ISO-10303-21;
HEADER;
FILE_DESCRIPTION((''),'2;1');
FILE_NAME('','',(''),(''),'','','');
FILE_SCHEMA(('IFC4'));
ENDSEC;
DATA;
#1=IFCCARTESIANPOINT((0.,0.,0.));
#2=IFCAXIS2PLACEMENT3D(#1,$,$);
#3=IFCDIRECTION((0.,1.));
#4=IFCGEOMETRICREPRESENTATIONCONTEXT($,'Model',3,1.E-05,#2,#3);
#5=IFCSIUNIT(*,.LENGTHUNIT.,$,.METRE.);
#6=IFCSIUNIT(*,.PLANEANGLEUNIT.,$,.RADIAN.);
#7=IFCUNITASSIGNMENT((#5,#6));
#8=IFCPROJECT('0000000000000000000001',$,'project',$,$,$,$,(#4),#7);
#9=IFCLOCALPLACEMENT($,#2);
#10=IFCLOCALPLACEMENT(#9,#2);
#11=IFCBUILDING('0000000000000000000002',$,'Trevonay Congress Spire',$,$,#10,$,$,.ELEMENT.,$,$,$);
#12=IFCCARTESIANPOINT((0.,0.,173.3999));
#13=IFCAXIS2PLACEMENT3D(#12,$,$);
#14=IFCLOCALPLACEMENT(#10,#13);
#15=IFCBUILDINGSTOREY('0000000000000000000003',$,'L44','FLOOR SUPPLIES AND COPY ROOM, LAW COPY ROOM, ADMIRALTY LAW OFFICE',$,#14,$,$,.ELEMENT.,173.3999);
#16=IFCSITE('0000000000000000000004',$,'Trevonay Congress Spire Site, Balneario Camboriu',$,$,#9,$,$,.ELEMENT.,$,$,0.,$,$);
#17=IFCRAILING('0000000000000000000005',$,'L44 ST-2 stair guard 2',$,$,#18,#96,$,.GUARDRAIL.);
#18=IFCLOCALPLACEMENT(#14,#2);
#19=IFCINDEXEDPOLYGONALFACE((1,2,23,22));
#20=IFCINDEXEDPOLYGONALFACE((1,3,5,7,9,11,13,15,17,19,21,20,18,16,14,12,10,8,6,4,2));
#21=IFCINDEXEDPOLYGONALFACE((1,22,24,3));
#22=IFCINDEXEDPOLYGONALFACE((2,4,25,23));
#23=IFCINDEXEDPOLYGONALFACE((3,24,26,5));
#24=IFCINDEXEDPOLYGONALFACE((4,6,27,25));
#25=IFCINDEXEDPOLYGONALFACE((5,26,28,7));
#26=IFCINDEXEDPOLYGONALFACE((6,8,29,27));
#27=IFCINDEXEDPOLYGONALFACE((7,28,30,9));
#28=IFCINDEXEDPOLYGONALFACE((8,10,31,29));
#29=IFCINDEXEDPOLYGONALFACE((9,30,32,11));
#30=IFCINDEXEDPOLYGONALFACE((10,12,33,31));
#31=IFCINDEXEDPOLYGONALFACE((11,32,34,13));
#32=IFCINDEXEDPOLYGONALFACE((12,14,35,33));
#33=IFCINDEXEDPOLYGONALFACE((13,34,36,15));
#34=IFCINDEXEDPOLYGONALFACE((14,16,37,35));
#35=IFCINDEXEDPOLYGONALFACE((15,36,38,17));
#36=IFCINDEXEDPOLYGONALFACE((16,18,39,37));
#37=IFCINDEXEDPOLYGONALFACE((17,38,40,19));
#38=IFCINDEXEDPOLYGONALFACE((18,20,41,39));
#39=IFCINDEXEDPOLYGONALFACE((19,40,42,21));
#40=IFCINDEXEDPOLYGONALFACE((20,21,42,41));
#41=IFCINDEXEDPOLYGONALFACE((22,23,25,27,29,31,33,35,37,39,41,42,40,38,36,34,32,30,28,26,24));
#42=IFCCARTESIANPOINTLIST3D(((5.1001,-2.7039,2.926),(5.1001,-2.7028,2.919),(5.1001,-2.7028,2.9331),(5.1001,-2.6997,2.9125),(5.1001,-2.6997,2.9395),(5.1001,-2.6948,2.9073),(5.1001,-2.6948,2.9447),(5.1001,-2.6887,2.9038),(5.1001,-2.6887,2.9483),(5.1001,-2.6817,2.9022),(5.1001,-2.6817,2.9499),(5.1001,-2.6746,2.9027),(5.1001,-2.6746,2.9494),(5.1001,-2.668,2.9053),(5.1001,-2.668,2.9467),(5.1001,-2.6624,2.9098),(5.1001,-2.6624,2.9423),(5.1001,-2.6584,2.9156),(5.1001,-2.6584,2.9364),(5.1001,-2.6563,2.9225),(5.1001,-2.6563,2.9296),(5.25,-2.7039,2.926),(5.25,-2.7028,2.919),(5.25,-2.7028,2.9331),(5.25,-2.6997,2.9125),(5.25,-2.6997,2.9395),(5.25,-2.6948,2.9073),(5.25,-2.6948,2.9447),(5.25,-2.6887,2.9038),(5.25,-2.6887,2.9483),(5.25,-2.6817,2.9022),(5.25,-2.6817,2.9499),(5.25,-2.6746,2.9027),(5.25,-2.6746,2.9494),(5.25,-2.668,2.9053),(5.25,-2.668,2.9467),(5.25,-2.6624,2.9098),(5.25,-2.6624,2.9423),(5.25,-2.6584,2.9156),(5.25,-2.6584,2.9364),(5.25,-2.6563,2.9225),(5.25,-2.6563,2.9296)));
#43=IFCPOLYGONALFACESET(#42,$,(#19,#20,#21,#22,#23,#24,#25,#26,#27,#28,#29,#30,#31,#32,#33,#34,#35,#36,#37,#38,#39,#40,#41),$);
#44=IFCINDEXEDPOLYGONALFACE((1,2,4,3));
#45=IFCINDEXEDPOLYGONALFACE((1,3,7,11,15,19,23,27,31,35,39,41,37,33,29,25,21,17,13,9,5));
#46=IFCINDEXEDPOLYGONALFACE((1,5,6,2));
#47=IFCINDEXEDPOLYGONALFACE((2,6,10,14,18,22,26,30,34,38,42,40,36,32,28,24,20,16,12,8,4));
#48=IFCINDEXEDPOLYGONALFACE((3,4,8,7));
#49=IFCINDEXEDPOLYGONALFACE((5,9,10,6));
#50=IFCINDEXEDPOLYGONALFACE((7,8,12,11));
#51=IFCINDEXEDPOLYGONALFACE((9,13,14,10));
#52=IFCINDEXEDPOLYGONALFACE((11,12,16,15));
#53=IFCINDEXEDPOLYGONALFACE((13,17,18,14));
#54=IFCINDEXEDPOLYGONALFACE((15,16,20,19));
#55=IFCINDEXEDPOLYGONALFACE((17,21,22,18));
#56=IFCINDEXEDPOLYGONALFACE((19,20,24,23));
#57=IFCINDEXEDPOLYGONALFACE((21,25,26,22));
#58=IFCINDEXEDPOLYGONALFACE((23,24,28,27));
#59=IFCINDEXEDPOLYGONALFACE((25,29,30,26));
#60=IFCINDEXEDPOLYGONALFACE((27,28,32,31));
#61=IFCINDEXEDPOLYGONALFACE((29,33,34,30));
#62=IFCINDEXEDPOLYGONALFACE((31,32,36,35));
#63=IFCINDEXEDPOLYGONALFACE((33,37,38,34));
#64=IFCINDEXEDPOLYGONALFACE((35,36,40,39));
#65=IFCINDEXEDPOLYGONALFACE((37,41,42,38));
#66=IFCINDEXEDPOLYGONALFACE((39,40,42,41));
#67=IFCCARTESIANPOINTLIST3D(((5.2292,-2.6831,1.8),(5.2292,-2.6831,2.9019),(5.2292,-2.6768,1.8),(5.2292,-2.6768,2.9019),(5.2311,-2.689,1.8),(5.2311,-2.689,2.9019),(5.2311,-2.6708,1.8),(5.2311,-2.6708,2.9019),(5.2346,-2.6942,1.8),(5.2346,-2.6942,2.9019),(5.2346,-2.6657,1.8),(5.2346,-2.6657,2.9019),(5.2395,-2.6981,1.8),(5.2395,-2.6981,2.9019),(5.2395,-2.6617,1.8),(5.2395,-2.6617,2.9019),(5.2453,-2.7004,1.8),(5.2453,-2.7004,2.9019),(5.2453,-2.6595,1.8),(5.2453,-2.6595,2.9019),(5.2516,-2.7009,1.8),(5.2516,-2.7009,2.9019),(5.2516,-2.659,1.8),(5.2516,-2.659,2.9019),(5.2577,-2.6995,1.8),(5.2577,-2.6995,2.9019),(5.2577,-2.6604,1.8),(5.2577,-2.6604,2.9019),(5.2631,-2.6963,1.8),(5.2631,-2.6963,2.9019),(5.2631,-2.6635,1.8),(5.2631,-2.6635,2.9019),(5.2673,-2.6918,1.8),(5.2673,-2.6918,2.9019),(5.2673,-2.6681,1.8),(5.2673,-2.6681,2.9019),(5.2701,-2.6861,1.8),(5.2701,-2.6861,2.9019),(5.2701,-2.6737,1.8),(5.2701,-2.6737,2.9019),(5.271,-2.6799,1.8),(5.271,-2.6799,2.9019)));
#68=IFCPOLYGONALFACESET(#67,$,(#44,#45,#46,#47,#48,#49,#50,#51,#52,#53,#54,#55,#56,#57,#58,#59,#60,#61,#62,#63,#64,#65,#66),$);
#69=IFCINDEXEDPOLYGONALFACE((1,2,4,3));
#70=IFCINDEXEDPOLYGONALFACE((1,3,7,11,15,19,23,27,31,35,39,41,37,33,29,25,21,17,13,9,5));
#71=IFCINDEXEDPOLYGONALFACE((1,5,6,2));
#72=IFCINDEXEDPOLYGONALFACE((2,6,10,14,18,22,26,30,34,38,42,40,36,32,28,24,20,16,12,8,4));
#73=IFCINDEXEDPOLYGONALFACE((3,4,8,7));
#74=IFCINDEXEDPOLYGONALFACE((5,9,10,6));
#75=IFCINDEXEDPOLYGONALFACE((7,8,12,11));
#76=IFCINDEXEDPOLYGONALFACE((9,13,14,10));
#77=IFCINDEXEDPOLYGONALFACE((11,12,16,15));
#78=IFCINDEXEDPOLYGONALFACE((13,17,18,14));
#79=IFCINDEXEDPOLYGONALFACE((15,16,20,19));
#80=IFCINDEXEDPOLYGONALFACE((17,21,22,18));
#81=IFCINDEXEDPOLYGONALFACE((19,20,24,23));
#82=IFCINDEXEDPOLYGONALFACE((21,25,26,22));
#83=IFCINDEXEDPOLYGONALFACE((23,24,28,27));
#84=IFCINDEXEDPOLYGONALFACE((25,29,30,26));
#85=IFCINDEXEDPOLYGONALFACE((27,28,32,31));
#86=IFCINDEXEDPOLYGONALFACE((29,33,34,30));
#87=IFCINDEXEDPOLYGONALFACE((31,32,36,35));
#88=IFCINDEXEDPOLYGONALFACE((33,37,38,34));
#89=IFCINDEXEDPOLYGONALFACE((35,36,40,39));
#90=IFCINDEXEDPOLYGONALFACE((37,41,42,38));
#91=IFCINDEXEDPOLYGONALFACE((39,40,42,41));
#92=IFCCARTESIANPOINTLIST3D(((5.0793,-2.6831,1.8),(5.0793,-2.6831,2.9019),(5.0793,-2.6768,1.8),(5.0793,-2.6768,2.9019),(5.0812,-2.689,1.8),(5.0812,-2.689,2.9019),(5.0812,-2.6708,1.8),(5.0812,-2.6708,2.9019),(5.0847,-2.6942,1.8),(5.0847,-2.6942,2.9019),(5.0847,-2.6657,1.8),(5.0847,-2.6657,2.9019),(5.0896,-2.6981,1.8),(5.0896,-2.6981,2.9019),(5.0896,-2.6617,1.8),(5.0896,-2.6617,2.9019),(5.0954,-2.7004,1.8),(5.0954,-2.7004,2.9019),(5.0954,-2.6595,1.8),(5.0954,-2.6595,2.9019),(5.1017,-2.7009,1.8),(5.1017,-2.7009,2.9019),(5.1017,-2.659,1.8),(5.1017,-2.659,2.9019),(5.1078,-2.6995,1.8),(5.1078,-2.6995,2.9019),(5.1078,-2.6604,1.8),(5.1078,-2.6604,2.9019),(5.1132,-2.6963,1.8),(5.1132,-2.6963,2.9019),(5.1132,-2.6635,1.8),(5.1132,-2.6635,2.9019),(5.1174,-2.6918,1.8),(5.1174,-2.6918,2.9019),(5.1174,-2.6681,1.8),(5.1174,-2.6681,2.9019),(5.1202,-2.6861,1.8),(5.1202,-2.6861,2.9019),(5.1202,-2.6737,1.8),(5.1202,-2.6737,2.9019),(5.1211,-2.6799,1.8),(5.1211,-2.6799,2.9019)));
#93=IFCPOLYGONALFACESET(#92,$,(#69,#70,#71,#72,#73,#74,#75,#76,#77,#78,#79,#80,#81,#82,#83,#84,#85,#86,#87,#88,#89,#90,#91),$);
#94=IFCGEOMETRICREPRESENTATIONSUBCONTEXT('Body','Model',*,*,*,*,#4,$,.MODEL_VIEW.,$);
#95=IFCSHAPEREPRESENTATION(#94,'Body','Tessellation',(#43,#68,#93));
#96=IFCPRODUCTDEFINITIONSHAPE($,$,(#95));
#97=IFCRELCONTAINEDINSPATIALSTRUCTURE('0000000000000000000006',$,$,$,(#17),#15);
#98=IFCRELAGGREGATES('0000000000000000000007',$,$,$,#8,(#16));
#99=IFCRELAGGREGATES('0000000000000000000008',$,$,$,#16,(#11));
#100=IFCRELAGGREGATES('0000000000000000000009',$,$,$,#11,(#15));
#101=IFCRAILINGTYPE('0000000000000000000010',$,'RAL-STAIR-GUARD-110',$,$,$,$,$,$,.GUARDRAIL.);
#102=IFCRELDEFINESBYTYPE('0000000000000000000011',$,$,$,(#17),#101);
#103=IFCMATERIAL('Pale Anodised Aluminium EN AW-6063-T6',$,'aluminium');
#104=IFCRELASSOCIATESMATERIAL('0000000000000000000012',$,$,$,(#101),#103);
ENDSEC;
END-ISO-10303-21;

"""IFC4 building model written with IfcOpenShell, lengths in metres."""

from ifc_helpers import new_model, si_unit, direction, frame, origin, origin_2d, place, context, subcontext, project, spatial, circle, extrude, material, type_object, element, save


model = new_model("IFC4")

# Units and contexts
model_context = context("Model", 3, precision=1e-05, world=origin(), true_north=direction((0.0, 1.0)))
body_context = subcontext(model_context, "Body", "Model", "MODEL_VIEW")
ifc_project = project(units=[si_unit("LENGTHUNIT", "METRE"), si_unit("PLANEANGLEUNIT", "RADIAN")], contexts=[model_context])

# Site, building, storey
site_placement = place(None, origin())
site = spatial("IfcSite", under=ifc_project, at=site_placement, Name="Trevonay Congress Spire Site, Balneario Camboriu", CompositionType="ELEMENT", RefElevation=0.0)
building_placement = place(site_placement, origin())
building = spatial("IfcBuilding", under=site, at=building_placement, Name="Trevonay Congress Spire", CompositionType="ELEMENT")
storey_placement = place(building_placement, frame((0.0, 0.0, 173.3999)))
storey = spatial("IfcBuildingStorey", under=building, at=storey_placement, Name="L44", Description="FLOOR SUPPLIES AND COPY ROOM, LAW COPY ROOM, ADMIRALTY LAW OFFICE", CompositionType="ELEMENT", Elevation=173.3999)

# Railing
ifc_material_1 = material(Name="Pale Anodised Aluminium EN AW-6063-T6", Category="aluminium")
railing_type_1 = type_object("IfcRailingType", Name="RAL-STAIR-GUARD-110", PredefinedType="GUARDRAIL", material=ifc_material_1)
railing_1_placement = place(storey_placement, frame((5.25, -2.6799, 1.8)))
element("IfcRailing", 1, at=railing_1_placement, inside=storey, type_object=railing_type_1, Name="L44 ST-2 stair guard 2", PredefinedType="GUARDRAIL", context=body_context, shape_type="SweptSolid", body=[
    extrude(circle(Radius=0.0239, at=origin_2d()), frame((0.0, 0.0, 1.126), z_axis=(-1.0, 0.0, 0.0), x_axis=(0.0, -1.0, 0.0)), (0.0, 0.0, 1.0), 0.1499),
    extrude(circle(Radius=0.021, at=origin_2d()), origin(), (0.0, 0.0, 1.0), 1.1018),
    extrude(circle(Radius=0.021, at=origin_2d()), frame((-0.1499, 0.0, 0.0)), (0.0, 0.0, 1.0), 1.1018),
])

save(model, "model.ifc")
